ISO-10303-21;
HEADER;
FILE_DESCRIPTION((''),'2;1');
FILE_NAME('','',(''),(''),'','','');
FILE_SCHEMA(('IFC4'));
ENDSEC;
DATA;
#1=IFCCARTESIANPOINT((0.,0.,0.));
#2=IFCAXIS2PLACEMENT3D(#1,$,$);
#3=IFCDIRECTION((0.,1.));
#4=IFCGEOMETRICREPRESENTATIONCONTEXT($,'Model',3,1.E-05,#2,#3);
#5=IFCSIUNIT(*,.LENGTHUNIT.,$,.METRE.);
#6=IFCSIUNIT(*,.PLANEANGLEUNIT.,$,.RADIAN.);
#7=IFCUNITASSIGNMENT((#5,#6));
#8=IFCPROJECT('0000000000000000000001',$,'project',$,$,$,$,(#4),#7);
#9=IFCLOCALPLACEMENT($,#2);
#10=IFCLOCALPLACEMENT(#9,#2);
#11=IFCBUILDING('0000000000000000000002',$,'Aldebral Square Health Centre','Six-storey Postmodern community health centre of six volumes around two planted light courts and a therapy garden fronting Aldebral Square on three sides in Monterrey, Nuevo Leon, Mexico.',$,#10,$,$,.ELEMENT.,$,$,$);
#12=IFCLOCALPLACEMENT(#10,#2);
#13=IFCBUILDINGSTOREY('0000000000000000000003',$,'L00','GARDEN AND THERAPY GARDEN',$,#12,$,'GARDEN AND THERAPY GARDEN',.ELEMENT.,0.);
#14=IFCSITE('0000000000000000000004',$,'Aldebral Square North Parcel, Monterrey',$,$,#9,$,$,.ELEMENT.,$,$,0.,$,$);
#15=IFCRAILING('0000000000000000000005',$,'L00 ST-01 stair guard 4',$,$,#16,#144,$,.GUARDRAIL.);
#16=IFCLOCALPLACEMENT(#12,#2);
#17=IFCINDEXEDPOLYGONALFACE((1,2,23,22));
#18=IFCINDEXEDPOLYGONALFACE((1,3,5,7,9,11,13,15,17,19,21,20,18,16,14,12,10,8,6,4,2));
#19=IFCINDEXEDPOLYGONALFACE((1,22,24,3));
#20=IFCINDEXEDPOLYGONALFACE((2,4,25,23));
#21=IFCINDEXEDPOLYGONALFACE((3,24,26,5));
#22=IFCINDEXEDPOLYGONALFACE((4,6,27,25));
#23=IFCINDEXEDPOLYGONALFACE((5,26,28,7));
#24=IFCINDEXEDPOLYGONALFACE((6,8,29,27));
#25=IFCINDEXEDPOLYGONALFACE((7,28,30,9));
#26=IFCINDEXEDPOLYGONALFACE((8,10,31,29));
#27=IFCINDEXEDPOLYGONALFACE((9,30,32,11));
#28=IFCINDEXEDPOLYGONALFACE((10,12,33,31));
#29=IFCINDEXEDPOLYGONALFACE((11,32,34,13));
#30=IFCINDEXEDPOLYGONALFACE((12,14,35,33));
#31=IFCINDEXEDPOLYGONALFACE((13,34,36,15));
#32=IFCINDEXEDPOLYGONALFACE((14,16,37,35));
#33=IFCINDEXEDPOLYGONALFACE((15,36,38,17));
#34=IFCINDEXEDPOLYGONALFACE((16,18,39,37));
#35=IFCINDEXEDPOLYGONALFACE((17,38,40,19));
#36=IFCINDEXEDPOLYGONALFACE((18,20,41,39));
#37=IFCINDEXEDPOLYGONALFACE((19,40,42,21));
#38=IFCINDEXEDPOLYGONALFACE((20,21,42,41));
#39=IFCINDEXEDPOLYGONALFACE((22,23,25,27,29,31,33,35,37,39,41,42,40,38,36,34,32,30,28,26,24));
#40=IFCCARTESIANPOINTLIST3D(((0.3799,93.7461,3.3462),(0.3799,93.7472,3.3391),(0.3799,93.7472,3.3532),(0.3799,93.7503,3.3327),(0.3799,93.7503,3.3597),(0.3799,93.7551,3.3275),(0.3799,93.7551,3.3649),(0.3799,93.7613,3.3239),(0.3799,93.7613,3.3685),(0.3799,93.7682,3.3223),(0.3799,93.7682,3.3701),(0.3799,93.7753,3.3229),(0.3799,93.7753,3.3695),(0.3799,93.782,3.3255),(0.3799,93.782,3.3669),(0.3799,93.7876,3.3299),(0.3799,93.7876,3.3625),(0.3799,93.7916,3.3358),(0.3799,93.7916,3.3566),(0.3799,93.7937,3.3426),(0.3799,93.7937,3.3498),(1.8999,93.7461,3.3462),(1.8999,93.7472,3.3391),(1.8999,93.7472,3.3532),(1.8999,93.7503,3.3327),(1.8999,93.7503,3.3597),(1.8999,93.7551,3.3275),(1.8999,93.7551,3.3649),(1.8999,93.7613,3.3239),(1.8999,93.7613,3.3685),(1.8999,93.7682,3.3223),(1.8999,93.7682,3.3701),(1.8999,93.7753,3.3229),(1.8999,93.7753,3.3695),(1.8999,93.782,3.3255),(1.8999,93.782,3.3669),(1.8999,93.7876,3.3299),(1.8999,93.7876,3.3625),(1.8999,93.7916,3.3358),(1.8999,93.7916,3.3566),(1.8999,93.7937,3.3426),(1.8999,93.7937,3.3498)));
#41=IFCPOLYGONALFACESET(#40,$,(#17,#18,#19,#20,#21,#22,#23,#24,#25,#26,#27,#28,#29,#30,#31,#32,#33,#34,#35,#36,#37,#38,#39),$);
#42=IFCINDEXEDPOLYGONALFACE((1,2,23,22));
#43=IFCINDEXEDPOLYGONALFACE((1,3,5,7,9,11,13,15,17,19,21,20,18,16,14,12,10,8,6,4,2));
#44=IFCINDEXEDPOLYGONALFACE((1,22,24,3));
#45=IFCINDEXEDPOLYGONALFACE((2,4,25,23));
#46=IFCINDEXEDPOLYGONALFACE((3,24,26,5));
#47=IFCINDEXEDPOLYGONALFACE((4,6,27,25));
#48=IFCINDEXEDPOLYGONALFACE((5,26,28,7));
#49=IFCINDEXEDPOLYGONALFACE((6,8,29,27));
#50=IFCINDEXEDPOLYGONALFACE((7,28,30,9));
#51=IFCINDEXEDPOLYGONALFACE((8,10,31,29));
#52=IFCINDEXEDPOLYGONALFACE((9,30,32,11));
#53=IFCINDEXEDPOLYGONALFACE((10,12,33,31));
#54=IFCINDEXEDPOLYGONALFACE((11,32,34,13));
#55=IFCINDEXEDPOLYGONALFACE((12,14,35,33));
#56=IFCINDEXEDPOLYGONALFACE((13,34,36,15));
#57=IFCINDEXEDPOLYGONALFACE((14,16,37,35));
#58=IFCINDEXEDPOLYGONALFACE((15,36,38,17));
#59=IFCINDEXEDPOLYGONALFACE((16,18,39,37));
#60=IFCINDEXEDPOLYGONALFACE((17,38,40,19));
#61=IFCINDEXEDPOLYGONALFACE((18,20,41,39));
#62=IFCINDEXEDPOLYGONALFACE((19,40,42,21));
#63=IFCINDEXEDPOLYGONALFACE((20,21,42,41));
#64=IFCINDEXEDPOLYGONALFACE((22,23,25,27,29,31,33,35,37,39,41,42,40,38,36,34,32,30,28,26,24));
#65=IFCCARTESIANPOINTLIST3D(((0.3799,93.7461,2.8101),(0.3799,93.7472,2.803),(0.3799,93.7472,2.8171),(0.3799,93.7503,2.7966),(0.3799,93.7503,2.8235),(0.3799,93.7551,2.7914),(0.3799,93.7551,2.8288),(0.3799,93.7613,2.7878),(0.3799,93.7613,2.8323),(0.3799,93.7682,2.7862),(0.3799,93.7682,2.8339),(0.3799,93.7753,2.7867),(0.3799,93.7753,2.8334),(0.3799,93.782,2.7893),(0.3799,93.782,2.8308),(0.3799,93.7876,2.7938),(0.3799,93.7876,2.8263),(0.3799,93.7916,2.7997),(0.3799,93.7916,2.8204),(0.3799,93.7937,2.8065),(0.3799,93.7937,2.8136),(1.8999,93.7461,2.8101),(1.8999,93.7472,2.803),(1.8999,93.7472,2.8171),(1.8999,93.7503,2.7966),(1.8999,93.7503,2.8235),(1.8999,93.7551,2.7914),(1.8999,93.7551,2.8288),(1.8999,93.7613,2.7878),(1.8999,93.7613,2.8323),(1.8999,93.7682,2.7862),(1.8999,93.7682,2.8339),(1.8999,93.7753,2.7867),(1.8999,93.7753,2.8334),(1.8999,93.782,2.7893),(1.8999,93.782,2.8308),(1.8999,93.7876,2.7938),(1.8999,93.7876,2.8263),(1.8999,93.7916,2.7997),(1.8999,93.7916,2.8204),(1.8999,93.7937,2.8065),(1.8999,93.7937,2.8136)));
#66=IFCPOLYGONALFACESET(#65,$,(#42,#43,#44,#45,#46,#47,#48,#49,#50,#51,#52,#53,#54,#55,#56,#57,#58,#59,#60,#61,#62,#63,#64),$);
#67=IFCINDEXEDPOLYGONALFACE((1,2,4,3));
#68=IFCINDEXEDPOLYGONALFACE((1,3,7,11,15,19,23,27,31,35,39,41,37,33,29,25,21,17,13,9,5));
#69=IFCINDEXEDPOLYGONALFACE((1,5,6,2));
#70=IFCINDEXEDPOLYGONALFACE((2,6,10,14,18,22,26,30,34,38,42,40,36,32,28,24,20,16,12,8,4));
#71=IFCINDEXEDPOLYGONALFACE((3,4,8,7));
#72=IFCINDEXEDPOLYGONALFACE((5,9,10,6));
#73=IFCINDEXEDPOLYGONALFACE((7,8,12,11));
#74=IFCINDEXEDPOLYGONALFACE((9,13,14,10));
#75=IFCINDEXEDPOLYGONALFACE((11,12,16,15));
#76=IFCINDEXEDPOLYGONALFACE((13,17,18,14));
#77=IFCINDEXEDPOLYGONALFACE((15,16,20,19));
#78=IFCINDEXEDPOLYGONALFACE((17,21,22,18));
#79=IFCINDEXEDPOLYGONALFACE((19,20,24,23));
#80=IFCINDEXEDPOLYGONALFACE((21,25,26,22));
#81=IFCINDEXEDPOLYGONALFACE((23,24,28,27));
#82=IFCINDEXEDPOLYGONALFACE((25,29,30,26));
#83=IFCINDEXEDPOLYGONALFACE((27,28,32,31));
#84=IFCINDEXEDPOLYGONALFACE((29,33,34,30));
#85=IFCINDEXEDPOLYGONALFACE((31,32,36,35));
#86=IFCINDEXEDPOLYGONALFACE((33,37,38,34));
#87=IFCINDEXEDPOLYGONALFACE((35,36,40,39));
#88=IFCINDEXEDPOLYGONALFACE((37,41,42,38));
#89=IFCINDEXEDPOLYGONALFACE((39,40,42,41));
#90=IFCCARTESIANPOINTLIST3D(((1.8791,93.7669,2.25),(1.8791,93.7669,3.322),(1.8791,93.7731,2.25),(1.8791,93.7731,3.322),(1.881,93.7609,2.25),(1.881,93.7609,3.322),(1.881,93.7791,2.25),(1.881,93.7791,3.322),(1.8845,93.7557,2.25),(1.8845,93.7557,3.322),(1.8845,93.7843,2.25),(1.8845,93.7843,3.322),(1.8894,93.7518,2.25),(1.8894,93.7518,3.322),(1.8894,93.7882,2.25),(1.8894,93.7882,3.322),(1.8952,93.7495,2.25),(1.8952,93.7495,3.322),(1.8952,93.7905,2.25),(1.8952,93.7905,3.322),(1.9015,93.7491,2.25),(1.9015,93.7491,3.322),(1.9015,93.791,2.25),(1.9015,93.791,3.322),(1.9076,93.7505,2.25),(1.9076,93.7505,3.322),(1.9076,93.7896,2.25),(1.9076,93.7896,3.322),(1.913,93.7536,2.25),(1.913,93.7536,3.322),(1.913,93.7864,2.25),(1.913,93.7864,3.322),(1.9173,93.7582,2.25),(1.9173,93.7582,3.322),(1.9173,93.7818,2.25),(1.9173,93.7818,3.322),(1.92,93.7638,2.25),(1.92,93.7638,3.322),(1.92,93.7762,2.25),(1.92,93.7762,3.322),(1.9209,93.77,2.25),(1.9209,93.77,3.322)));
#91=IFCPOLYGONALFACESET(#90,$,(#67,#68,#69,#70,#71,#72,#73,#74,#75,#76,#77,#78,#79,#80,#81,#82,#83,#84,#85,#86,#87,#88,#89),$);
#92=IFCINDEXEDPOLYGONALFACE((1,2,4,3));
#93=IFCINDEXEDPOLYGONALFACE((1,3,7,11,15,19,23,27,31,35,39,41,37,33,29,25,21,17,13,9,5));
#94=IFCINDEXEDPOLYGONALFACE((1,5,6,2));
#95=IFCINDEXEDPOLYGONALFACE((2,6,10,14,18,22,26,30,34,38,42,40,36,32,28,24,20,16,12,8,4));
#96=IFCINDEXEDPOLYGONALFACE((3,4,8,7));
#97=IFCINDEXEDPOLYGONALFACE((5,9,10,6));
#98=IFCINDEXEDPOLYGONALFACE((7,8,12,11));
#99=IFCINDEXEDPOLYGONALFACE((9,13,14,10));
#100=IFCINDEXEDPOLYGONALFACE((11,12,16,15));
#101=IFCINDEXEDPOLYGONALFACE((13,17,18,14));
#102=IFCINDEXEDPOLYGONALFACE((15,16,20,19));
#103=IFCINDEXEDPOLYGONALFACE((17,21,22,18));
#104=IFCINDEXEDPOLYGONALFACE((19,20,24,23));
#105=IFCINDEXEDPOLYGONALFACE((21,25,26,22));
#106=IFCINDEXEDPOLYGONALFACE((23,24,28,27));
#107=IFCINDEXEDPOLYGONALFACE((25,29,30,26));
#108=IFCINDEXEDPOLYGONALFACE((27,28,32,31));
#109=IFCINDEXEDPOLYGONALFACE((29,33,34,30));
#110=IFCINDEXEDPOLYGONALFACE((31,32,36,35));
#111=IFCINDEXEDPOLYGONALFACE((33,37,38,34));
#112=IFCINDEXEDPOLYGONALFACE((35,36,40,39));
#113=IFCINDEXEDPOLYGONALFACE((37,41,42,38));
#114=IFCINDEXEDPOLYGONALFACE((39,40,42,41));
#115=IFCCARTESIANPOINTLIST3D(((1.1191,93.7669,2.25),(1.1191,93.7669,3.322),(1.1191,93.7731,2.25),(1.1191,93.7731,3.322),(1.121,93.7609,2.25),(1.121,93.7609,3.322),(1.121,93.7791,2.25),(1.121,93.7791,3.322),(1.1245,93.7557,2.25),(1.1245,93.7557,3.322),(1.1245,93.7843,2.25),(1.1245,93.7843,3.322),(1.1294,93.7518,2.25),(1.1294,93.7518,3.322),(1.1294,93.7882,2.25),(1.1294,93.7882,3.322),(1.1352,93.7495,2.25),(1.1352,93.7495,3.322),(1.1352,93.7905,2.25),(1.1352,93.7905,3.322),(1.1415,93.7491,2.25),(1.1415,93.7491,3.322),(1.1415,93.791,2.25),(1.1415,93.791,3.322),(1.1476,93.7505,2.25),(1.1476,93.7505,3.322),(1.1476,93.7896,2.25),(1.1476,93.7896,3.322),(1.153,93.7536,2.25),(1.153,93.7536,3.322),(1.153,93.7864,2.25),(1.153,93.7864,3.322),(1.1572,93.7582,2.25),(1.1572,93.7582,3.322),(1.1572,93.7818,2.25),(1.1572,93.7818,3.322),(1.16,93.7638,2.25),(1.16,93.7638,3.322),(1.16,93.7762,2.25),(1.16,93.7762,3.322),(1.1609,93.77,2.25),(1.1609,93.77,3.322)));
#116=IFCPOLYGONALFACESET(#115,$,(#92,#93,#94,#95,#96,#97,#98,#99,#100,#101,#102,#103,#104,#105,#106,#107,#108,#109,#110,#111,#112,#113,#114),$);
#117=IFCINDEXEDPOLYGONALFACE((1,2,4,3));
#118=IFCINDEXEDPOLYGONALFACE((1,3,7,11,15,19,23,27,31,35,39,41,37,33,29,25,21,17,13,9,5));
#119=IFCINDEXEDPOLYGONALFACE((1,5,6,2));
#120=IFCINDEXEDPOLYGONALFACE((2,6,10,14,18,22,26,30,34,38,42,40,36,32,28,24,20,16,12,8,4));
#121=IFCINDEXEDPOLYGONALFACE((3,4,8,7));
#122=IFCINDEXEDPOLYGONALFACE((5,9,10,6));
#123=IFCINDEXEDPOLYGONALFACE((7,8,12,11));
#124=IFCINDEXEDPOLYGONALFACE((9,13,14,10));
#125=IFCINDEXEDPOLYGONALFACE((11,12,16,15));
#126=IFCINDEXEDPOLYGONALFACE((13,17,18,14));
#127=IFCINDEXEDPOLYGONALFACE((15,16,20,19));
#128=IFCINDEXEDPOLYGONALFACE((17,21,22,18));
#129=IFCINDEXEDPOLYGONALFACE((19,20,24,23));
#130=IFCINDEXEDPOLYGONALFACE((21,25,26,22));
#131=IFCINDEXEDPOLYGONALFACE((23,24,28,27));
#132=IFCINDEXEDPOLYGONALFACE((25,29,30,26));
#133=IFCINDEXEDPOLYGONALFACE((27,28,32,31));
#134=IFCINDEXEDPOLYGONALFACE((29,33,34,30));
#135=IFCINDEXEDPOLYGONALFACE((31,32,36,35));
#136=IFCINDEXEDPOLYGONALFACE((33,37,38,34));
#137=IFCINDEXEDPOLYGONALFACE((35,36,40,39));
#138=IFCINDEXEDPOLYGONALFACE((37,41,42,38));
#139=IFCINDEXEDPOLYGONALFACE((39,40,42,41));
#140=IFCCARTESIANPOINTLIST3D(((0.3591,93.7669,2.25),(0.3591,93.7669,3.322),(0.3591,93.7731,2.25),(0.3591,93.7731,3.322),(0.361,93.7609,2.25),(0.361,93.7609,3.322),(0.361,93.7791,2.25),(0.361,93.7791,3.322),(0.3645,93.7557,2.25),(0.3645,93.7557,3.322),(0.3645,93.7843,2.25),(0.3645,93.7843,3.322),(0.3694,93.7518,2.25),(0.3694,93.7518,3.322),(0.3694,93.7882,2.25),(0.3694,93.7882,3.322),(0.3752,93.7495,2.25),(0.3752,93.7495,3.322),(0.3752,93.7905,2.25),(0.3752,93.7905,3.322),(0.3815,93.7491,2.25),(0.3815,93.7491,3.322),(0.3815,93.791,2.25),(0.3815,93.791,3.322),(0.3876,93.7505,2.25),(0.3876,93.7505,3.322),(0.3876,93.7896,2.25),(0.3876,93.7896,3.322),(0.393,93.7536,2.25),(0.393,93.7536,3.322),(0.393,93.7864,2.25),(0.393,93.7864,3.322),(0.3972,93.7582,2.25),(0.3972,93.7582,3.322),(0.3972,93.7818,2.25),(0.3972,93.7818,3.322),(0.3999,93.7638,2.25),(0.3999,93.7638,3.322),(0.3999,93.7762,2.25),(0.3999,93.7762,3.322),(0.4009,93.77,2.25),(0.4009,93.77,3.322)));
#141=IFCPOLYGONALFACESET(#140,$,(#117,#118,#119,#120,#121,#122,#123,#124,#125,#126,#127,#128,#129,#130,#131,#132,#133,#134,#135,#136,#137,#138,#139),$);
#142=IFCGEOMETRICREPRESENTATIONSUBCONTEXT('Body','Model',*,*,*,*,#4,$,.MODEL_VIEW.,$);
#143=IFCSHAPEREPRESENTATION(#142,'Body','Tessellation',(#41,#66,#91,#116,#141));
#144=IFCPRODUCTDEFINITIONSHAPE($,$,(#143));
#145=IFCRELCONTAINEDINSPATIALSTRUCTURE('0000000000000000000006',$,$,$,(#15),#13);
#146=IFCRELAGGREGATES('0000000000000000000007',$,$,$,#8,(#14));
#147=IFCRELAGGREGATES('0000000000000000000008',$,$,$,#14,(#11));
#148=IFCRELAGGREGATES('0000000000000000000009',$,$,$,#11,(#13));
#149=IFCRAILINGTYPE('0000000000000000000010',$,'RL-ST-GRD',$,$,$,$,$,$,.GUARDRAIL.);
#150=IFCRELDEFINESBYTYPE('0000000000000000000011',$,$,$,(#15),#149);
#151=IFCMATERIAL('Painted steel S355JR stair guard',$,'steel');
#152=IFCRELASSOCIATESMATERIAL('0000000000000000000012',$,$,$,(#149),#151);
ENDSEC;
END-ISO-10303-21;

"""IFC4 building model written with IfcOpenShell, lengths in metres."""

from ifc_helpers import new_model, si_unit, direction, frame, origin, origin_2d, place, context, subcontext, project, spatial, circle, extrude, material, type_object, element, save


model = new_model("IFC4")

# Units and contexts
model_context = context("Model", 3, precision=1e-05, world=origin(), true_north=direction((0.0, 1.0)))
body_context = subcontext(model_context, "Body", "Model", "MODEL_VIEW")
ifc_project = project(units=[si_unit("LENGTHUNIT", "METRE"), si_unit("PLANEANGLEUNIT", "RADIAN")], contexts=[model_context])

# Site, building, storey
site_placement = place(None, origin())
site = spatial("IfcSite", under=ifc_project, at=site_placement, Name="Aldebral Square North Parcel, Monterrey", CompositionType="ELEMENT", RefElevation=0.0)
building_placement = place(site_placement, origin())
building = spatial("IfcBuilding", under=site, at=building_placement, Name="Aldebral Square Health Centre", Description="Six-storey Postmodern community health centre of six volumes around two planted light courts and a therapy garden fronting Aldebral Square on three sides in Monterrey, Nuevo Leon, Mexico.", CompositionType="ELEMENT")
storey_placement = place(building_placement, origin())
storey = spatial("IfcBuildingStorey", under=building, at=storey_placement, Name="L00", Description="GARDEN AND THERAPY GARDEN", LongName="GARDEN AND THERAPY GARDEN", CompositionType="ELEMENT", Elevation=0.0)

# Railing
ifc_material_1 = material(Name="Painted steel S355JR stair guard", Category="steel")
railing_type_1 = type_object("IfcRailingType", Name="RL-ST-GRD", PredefinedType="GUARDRAIL", material=ifc_material_1)
for number, where, name in (
    (1, (1.8999, 93.77, 2.25), "L00 ST-01 stair guard 4"),
):
    element("IfcRailing", number, at=place(storey_placement, frame(where)), inside=storey, type_object=railing_type_1, Name=name, PredefinedType="GUARDRAIL", context=body_context, shape_type="SweptSolid", body=[
        extrude(circle(Radius=0.0239, at=origin_2d()), frame((0.0, 0.0, 1.0962), z_axis=(-1.0, 0.0, 0.0), x_axis=(0.0, -1.0, 0.0)), (0.0, 0.0, 1.0), 1.52),
        extrude(circle(Radius=0.0239, at=origin_2d()), frame((0.0, 0.0, 0.5601), z_axis=(-1.0, 0.0, 0.0), x_axis=(0.0, -1.0, 0.0)), (0.0, 0.0, 1.0), 1.52),
        extrude(circle(Radius=0.021, at=origin_2d()), origin(), (0.0, 0.0, 1.0), 1.072),
        extrude(circle(Radius=0.021, at=origin_2d()), frame((-0.76, 0.0, 0.0)), (0.0, 0.0, 1.0), 1.072),
        extrude(circle(Radius=0.021, at=origin_2d()), frame((-1.52, 0.0, 0.0)), (0.0, 0.0, 1.0), 1.072),
    ])

save(model, "model.ifc")
